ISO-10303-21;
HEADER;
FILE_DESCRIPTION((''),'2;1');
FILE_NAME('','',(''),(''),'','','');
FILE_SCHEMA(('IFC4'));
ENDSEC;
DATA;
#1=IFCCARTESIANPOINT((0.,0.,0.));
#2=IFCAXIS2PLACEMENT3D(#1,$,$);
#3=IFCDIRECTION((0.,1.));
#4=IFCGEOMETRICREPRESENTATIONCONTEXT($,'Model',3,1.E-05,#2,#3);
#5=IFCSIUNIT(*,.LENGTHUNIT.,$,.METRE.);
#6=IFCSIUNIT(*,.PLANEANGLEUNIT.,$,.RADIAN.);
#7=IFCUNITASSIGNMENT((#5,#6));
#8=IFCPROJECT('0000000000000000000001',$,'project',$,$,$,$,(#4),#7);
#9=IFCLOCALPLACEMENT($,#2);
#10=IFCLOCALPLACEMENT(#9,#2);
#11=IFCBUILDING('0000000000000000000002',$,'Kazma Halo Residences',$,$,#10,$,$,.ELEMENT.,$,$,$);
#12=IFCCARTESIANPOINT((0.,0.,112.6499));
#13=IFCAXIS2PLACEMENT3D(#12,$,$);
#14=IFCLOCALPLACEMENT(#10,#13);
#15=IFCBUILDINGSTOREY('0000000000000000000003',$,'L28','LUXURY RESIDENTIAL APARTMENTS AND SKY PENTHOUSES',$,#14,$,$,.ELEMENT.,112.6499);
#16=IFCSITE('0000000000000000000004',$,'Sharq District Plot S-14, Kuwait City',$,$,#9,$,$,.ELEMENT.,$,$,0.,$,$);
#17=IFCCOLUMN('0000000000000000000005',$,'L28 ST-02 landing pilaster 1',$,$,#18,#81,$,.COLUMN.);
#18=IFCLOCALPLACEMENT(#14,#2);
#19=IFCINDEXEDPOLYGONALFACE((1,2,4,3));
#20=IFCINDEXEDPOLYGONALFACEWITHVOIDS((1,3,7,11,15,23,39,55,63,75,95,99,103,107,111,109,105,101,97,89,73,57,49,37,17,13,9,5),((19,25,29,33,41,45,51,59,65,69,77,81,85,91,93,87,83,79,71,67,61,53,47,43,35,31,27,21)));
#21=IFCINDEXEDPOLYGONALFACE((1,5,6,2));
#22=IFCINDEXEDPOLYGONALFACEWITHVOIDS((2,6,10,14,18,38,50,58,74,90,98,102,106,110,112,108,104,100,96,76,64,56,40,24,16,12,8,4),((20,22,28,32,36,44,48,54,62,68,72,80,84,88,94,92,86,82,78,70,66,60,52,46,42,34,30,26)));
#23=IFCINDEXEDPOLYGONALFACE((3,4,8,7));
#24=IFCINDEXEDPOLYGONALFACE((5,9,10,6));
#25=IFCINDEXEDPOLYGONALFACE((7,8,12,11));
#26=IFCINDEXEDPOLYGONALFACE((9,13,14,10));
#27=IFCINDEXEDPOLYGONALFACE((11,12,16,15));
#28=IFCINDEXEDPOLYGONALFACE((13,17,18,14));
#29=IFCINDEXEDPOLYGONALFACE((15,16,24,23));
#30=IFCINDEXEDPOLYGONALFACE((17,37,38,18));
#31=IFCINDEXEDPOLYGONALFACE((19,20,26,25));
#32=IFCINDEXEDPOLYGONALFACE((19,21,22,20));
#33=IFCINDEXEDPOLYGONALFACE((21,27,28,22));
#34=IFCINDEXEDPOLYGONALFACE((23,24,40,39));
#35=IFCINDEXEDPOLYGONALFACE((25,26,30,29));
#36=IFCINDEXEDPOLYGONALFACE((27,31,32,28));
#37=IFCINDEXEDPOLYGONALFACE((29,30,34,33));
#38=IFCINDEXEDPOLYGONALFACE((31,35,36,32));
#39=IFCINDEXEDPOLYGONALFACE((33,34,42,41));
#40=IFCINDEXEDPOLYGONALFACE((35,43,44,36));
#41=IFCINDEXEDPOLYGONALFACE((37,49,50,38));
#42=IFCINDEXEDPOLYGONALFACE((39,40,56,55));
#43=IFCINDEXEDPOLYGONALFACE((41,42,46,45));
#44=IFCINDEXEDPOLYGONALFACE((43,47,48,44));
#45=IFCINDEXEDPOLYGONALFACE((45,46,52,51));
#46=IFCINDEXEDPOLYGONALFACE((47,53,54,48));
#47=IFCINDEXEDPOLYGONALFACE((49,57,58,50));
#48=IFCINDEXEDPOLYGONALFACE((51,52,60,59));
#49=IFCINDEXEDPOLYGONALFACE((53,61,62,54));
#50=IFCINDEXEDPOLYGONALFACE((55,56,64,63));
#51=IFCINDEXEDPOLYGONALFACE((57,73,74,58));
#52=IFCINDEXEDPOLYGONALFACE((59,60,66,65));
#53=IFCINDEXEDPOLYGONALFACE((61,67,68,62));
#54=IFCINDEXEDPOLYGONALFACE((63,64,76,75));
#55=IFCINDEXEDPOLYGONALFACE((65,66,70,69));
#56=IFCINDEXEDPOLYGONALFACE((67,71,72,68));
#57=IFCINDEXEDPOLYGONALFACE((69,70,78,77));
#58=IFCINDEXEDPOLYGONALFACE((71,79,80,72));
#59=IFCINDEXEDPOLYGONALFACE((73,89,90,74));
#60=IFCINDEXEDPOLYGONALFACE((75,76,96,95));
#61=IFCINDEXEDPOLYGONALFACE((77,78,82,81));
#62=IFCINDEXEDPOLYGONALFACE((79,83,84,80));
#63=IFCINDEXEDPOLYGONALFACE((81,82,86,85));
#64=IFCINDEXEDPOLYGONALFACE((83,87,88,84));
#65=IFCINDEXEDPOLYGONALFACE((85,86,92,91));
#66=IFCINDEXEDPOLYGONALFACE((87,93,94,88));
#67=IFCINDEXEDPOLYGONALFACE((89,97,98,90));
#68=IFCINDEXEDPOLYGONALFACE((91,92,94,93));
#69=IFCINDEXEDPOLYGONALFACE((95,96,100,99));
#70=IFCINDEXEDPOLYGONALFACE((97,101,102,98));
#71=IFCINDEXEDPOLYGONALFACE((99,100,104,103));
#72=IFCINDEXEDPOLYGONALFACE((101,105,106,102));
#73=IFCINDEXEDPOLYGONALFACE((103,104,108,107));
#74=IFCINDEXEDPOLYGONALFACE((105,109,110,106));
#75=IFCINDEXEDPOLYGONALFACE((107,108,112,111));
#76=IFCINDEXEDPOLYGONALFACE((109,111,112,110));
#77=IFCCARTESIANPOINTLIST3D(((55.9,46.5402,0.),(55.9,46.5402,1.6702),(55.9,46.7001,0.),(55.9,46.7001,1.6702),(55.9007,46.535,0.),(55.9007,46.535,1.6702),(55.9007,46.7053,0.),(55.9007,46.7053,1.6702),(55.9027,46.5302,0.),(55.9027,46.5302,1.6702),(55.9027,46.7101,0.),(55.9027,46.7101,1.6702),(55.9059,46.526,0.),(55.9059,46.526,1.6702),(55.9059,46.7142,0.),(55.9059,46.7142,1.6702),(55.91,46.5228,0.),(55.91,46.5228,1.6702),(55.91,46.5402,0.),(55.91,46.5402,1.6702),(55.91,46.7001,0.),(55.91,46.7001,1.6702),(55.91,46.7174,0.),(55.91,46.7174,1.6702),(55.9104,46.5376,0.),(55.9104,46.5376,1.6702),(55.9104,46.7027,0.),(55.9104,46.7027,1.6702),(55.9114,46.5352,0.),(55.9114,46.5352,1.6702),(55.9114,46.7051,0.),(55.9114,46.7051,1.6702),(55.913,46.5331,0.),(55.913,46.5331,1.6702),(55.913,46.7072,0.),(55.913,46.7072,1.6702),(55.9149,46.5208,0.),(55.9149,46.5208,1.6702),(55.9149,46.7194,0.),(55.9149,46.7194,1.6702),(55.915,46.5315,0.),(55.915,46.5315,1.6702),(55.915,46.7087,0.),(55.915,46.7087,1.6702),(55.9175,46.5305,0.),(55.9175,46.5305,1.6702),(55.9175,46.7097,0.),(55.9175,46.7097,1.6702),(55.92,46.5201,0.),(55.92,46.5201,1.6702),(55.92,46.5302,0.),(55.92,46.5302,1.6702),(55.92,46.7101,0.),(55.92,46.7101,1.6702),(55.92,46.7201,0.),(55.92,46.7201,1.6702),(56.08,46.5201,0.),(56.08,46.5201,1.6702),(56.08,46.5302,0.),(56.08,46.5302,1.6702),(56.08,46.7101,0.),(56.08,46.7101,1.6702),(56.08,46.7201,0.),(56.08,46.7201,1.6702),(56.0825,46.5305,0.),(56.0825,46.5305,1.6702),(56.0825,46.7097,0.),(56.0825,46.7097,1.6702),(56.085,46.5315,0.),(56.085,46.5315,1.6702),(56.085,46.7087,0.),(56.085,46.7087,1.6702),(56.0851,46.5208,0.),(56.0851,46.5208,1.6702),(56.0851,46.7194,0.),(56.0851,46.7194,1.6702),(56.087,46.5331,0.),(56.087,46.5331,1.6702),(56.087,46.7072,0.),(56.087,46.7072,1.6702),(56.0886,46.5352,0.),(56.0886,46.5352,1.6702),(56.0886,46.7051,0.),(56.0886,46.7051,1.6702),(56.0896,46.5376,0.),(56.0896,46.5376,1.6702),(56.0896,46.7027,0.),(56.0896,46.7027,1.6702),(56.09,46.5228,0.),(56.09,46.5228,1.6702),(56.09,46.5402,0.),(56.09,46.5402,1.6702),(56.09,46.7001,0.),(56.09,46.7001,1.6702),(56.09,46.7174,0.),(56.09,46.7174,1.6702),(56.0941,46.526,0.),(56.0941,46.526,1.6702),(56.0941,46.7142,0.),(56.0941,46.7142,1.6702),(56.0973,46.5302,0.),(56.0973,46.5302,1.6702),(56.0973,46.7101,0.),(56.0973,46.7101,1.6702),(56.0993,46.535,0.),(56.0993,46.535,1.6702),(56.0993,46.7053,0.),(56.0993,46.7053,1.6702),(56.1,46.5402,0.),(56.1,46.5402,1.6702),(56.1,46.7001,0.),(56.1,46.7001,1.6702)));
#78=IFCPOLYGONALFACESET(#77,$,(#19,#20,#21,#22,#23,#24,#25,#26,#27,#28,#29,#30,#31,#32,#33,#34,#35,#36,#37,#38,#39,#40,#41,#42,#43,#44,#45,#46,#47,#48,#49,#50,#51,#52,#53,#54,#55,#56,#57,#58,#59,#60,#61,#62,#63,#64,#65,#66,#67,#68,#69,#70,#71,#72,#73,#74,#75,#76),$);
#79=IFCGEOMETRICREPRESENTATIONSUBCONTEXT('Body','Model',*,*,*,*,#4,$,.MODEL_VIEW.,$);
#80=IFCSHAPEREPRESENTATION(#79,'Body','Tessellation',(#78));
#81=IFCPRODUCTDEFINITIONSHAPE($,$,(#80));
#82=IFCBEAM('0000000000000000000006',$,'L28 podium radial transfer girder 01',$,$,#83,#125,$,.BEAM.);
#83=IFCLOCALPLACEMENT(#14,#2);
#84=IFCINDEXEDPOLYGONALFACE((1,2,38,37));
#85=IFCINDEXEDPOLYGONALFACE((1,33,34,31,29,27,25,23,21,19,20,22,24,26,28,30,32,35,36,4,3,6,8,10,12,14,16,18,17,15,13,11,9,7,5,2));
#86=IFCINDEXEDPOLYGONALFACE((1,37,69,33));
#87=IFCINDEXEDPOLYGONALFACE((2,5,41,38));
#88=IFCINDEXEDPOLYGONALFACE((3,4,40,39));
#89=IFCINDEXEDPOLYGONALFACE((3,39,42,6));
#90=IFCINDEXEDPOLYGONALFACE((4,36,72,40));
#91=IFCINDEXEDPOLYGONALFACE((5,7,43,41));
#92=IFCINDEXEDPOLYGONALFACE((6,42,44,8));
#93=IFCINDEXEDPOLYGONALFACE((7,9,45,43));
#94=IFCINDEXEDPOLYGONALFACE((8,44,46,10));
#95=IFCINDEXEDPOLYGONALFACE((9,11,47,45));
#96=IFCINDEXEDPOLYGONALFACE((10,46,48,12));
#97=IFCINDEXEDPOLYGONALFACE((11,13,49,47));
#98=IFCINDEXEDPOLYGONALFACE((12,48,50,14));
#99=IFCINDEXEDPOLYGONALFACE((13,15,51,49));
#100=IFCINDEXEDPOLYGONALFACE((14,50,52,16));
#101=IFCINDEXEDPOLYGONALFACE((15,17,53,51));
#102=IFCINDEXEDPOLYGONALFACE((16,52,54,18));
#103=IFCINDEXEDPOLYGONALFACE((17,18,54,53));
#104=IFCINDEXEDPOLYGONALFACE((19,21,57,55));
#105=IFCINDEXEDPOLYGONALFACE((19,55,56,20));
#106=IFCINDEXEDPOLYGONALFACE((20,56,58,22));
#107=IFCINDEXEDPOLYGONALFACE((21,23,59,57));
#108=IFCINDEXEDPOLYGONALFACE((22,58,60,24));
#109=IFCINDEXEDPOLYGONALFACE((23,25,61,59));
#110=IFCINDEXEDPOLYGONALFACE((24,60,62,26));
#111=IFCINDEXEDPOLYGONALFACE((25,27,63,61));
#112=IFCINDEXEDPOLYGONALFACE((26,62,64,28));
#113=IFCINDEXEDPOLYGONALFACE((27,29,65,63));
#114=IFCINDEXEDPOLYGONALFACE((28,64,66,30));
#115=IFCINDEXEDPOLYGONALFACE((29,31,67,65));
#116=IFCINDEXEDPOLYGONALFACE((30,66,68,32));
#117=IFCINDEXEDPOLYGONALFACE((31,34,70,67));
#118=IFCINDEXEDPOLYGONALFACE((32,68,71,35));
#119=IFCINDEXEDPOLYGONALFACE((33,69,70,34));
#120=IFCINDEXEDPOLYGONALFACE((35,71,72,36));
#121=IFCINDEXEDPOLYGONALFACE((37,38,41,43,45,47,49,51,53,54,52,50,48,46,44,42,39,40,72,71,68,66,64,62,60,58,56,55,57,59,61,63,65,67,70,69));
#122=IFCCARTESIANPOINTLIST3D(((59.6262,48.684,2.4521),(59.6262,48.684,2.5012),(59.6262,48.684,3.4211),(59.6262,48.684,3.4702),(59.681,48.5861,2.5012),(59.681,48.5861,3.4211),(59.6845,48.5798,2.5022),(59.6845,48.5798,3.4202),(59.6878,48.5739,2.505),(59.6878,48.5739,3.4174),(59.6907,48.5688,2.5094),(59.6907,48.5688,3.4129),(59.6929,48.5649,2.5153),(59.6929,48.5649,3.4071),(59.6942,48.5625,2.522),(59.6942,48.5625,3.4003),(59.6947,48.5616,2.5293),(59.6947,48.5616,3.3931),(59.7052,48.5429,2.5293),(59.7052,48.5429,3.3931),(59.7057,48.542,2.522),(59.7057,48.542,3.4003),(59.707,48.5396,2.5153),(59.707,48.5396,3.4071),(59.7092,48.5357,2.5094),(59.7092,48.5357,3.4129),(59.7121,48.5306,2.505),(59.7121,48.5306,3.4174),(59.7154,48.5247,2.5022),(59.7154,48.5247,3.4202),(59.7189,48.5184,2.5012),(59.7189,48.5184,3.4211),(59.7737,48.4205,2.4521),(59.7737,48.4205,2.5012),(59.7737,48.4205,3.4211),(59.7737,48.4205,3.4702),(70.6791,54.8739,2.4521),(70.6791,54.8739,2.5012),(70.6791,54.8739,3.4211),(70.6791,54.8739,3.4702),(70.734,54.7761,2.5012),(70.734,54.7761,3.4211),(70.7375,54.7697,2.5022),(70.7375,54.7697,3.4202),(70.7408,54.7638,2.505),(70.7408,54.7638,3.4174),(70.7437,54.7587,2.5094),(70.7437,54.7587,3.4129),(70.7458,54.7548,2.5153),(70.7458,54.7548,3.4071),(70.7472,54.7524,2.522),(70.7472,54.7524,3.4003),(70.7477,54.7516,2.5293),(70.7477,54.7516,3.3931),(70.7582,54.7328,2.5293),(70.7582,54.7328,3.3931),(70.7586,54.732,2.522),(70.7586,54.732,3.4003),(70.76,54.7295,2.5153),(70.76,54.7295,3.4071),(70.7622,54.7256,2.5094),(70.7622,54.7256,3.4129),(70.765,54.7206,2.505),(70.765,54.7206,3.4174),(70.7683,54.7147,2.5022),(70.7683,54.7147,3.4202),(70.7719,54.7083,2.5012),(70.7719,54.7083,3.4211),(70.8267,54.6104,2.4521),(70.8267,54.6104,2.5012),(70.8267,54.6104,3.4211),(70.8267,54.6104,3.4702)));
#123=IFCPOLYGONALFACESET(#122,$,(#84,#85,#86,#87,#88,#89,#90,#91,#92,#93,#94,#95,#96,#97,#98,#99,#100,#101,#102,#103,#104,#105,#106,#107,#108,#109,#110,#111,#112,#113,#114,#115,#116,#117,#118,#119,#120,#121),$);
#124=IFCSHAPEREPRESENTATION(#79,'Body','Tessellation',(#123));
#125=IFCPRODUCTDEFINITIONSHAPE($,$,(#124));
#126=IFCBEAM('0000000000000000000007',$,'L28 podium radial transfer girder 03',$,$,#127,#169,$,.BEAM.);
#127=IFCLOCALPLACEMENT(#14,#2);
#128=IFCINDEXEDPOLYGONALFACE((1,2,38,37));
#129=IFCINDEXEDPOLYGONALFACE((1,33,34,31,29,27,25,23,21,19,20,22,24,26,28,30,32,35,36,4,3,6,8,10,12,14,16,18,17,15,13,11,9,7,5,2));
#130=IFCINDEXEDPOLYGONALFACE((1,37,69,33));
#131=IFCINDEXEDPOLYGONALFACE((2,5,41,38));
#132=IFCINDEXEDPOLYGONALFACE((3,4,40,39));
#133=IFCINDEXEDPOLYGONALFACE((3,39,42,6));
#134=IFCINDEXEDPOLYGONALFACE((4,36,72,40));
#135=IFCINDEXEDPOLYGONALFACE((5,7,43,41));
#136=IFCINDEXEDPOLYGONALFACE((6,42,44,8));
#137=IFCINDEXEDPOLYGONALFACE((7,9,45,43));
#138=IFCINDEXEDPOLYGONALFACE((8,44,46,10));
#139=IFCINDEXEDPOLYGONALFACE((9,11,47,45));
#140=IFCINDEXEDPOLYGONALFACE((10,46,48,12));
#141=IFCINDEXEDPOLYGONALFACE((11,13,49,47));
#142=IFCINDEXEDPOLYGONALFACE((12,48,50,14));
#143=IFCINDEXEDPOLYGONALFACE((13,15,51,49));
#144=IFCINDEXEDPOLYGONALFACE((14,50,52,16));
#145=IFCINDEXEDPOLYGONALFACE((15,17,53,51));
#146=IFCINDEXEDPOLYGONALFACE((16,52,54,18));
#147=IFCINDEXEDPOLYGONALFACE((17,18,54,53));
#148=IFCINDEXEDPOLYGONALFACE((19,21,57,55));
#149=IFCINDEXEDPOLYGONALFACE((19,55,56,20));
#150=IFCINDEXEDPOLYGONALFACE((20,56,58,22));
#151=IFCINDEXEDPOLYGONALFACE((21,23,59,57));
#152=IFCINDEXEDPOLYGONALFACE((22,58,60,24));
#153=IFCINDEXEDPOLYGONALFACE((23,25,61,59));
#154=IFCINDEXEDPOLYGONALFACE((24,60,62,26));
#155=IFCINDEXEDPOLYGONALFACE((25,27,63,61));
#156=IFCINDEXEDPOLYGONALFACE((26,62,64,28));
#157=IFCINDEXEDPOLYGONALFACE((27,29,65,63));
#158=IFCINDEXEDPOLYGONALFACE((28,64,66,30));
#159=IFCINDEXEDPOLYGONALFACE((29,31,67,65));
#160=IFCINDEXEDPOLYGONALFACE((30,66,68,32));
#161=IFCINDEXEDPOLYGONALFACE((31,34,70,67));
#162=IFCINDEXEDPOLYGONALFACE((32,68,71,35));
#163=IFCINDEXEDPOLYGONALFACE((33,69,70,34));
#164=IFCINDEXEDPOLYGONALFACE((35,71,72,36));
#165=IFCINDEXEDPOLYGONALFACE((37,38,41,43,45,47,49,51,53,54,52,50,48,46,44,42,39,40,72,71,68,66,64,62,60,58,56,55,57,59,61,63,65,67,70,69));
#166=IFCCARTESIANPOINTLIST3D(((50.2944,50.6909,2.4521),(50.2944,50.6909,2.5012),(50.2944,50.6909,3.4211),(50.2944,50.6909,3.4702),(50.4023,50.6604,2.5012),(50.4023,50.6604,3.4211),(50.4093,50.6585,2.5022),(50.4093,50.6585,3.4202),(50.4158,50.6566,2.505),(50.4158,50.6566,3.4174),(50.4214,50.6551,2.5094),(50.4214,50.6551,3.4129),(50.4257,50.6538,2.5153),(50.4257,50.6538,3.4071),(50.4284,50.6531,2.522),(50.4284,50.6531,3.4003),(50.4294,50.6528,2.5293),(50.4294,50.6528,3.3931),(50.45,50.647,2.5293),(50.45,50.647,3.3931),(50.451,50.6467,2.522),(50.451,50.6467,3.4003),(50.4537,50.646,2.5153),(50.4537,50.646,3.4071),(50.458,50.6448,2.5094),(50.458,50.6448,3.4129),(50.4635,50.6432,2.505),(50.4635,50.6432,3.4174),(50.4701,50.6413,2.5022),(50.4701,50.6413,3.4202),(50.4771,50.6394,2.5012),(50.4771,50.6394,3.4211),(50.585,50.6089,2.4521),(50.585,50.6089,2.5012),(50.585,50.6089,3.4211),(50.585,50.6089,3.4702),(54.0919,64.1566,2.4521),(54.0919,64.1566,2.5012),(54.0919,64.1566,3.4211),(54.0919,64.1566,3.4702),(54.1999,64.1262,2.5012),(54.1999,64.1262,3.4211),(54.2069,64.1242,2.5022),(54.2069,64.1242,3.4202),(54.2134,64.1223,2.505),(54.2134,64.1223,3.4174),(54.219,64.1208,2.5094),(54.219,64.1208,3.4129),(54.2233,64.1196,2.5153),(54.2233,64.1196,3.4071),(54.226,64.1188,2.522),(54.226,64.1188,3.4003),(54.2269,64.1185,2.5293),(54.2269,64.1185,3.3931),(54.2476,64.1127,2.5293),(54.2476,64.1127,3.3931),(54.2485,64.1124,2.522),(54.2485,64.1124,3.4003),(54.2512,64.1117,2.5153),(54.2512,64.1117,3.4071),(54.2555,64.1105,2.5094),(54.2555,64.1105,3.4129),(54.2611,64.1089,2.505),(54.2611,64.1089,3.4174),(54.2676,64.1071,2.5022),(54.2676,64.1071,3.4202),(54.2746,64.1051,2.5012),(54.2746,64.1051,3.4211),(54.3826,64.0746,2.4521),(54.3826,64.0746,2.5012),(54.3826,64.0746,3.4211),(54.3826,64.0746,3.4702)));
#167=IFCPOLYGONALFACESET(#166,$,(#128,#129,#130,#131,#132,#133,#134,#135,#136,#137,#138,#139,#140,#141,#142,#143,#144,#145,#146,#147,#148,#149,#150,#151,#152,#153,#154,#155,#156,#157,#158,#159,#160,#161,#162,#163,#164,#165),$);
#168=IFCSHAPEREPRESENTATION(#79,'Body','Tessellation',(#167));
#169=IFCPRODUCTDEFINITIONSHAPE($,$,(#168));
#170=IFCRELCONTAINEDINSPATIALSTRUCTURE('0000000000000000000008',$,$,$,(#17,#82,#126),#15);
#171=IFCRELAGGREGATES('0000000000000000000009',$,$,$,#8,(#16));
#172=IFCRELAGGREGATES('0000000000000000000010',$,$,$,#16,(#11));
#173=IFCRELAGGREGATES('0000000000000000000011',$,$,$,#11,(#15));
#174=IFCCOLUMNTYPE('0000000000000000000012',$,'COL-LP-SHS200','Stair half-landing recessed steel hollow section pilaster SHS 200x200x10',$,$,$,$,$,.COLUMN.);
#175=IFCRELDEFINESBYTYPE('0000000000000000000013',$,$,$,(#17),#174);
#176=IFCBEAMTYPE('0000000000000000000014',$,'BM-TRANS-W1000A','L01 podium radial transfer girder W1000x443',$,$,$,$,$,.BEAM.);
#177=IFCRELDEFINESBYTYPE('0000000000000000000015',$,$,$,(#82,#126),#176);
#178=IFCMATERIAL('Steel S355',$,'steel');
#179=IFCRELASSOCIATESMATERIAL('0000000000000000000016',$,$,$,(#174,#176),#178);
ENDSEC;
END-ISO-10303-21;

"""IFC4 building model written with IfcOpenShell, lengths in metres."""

from ifc_helpers import new_model, si_unit, direction, frame, origin, origin_2d, place, context, subcontext, project, spatial, hollow_rectangle, i_section, extrude, material, material_profile, profile_set, type_object, element, save


model = new_model("IFC4")

# Units and contexts
model_context = context("Model", 3, precision=1e-05, world=origin(), true_north=direction((0.0, 1.0)))
body_context = subcontext(model_context, "Body", "Model", "MODEL_VIEW")
ifc_project = project(units=[si_unit("LENGTHUNIT", "METRE"), si_unit("PLANEANGLEUNIT", "RADIAN")], contexts=[model_context])

# Site, building, storey
site_placement = place(None, origin())
site = spatial("IfcSite", under=ifc_project, at=site_placement, Name="Sharq District Plot S-14, Kuwait City", CompositionType="ELEMENT", RefElevation=0.0)
building_placement = place(site_placement, origin())
building = spatial("IfcBuilding", under=site, at=building_placement, Name="Kazma Halo Residences", CompositionType="ELEMENT")
storey_placement = place(building_placement, frame((0.0, 0.0, 112.6499)))
storey = spatial("IfcBuildingStorey", under=building, at=storey_placement, Name="L28", Description="LUXURY RESIDENTIAL APARTMENTS AND SKY PENTHOUSES", CompositionType="ELEMENT", Elevation=112.6499)

# Column
ifc_material_1 = material(Name="Steel S355", Category="steel")
ifc_material_profile_1 = material_profile(ifc_material_1, hollow_rectangle(XDim=0.2, YDim=0.2, WallThickness=0.01, InnerFilletRadius=0.01, OuterFilletRadius=0.02, at=origin_2d()), Name="SHS200x200x10")
ifc_profile_set_1 = profile_set([ifc_material_profile_1], Name="Steel S355")
column_type = type_object("IfcColumnType", Name="COL-LP-SHS200", Description="Stair half-landing recessed steel hollow section pilaster SHS 200x200x10", PredefinedType="COLUMN", material=ifc_profile_set_1)
column_placement = place(storey_placement, frame((56.0, 46.6201, 0.0), z_axis=(0.0, 0.0, 1.0), x_axis=(1.0, 0.0, 0.0)))
element("IfcColumn", 1, at=column_placement, inside=storey, type_object=column_type, Name="L28 ST-02 landing pilaster 1", PredefinedType="COLUMN", context=body_context, shape_type="SweptSolid", body=[
    extrude(hollow_rectangle(XDim=0.2, YDim=0.2, WallThickness=0.01, InnerFilletRadius=0.01, OuterFilletRadius=0.02, at=origin_2d()), origin(), (0.0, 0.0, 1.0), 1.6702),
])

# Beams
ifc_material_profile_2 = material_profile(ifc_material_1, i_section(OverallWidth=0.302, OverallDepth=1.0181, WebThickness=0.0215, FlangeThickness=0.0491, FilletRadius=0.0281, at=origin_2d()), Name="W1000x443")
ifc_profile_set_2 = profile_set([ifc_material_profile_2], Name="Steel S355")
beam_type_1 = type_object("IfcBeamType", Name="BM-TRANS-W1000A", Description="L01 podium radial transfer girder W1000x443", PredefinedType="BEAM", material=ifc_profile_set_2)
beam_1_placement = place(storey_placement, frame((59.7, 48.5522, 2.9612), z_axis=(0.872497, 0.48862, 0.0), x_axis=(-0.48862, 0.872497, 0.0)))
element("IfcBeam", 2, at=beam_1_placement, inside=storey, type_object=beam_type_1, Name="L28 podium radial transfer girder 01", PredefinedType="BEAM", context=body_context, shape_type="SweptSolid", body=[
    extrude(i_section(OverallWidth=0.302, OverallDepth=1.0181, WebThickness=0.0215, FlangeThickness=0.0491, FilletRadius=0.0281, at=origin_2d()), origin(), (0.0, 0.0, 1.0), 12.6682),
])
beam_2_placement = place(storey_placement, frame((50.4397, 50.6499, 2.9612), z_axis=(0.271431, 0.962458, 0.0), x_axis=(-0.962458, 0.271431, 0.0)))
element("IfcBeam", 3, at=beam_2_placement, inside=storey, type_object=beam_type_1, Name="L28 podium radial transfer girder 03", PredefinedType="BEAM", context=body_context, shape_type="SweptSolid", body=[
    extrude(i_section(OverallWidth=0.302, OverallDepth=1.0181, WebThickness=0.0215, FlangeThickness=0.0491, FilletRadius=0.0281, at=origin_2d()), origin(), (0.0, 0.0, 1.0), 13.991),
])

save(model, "model.ifc")
